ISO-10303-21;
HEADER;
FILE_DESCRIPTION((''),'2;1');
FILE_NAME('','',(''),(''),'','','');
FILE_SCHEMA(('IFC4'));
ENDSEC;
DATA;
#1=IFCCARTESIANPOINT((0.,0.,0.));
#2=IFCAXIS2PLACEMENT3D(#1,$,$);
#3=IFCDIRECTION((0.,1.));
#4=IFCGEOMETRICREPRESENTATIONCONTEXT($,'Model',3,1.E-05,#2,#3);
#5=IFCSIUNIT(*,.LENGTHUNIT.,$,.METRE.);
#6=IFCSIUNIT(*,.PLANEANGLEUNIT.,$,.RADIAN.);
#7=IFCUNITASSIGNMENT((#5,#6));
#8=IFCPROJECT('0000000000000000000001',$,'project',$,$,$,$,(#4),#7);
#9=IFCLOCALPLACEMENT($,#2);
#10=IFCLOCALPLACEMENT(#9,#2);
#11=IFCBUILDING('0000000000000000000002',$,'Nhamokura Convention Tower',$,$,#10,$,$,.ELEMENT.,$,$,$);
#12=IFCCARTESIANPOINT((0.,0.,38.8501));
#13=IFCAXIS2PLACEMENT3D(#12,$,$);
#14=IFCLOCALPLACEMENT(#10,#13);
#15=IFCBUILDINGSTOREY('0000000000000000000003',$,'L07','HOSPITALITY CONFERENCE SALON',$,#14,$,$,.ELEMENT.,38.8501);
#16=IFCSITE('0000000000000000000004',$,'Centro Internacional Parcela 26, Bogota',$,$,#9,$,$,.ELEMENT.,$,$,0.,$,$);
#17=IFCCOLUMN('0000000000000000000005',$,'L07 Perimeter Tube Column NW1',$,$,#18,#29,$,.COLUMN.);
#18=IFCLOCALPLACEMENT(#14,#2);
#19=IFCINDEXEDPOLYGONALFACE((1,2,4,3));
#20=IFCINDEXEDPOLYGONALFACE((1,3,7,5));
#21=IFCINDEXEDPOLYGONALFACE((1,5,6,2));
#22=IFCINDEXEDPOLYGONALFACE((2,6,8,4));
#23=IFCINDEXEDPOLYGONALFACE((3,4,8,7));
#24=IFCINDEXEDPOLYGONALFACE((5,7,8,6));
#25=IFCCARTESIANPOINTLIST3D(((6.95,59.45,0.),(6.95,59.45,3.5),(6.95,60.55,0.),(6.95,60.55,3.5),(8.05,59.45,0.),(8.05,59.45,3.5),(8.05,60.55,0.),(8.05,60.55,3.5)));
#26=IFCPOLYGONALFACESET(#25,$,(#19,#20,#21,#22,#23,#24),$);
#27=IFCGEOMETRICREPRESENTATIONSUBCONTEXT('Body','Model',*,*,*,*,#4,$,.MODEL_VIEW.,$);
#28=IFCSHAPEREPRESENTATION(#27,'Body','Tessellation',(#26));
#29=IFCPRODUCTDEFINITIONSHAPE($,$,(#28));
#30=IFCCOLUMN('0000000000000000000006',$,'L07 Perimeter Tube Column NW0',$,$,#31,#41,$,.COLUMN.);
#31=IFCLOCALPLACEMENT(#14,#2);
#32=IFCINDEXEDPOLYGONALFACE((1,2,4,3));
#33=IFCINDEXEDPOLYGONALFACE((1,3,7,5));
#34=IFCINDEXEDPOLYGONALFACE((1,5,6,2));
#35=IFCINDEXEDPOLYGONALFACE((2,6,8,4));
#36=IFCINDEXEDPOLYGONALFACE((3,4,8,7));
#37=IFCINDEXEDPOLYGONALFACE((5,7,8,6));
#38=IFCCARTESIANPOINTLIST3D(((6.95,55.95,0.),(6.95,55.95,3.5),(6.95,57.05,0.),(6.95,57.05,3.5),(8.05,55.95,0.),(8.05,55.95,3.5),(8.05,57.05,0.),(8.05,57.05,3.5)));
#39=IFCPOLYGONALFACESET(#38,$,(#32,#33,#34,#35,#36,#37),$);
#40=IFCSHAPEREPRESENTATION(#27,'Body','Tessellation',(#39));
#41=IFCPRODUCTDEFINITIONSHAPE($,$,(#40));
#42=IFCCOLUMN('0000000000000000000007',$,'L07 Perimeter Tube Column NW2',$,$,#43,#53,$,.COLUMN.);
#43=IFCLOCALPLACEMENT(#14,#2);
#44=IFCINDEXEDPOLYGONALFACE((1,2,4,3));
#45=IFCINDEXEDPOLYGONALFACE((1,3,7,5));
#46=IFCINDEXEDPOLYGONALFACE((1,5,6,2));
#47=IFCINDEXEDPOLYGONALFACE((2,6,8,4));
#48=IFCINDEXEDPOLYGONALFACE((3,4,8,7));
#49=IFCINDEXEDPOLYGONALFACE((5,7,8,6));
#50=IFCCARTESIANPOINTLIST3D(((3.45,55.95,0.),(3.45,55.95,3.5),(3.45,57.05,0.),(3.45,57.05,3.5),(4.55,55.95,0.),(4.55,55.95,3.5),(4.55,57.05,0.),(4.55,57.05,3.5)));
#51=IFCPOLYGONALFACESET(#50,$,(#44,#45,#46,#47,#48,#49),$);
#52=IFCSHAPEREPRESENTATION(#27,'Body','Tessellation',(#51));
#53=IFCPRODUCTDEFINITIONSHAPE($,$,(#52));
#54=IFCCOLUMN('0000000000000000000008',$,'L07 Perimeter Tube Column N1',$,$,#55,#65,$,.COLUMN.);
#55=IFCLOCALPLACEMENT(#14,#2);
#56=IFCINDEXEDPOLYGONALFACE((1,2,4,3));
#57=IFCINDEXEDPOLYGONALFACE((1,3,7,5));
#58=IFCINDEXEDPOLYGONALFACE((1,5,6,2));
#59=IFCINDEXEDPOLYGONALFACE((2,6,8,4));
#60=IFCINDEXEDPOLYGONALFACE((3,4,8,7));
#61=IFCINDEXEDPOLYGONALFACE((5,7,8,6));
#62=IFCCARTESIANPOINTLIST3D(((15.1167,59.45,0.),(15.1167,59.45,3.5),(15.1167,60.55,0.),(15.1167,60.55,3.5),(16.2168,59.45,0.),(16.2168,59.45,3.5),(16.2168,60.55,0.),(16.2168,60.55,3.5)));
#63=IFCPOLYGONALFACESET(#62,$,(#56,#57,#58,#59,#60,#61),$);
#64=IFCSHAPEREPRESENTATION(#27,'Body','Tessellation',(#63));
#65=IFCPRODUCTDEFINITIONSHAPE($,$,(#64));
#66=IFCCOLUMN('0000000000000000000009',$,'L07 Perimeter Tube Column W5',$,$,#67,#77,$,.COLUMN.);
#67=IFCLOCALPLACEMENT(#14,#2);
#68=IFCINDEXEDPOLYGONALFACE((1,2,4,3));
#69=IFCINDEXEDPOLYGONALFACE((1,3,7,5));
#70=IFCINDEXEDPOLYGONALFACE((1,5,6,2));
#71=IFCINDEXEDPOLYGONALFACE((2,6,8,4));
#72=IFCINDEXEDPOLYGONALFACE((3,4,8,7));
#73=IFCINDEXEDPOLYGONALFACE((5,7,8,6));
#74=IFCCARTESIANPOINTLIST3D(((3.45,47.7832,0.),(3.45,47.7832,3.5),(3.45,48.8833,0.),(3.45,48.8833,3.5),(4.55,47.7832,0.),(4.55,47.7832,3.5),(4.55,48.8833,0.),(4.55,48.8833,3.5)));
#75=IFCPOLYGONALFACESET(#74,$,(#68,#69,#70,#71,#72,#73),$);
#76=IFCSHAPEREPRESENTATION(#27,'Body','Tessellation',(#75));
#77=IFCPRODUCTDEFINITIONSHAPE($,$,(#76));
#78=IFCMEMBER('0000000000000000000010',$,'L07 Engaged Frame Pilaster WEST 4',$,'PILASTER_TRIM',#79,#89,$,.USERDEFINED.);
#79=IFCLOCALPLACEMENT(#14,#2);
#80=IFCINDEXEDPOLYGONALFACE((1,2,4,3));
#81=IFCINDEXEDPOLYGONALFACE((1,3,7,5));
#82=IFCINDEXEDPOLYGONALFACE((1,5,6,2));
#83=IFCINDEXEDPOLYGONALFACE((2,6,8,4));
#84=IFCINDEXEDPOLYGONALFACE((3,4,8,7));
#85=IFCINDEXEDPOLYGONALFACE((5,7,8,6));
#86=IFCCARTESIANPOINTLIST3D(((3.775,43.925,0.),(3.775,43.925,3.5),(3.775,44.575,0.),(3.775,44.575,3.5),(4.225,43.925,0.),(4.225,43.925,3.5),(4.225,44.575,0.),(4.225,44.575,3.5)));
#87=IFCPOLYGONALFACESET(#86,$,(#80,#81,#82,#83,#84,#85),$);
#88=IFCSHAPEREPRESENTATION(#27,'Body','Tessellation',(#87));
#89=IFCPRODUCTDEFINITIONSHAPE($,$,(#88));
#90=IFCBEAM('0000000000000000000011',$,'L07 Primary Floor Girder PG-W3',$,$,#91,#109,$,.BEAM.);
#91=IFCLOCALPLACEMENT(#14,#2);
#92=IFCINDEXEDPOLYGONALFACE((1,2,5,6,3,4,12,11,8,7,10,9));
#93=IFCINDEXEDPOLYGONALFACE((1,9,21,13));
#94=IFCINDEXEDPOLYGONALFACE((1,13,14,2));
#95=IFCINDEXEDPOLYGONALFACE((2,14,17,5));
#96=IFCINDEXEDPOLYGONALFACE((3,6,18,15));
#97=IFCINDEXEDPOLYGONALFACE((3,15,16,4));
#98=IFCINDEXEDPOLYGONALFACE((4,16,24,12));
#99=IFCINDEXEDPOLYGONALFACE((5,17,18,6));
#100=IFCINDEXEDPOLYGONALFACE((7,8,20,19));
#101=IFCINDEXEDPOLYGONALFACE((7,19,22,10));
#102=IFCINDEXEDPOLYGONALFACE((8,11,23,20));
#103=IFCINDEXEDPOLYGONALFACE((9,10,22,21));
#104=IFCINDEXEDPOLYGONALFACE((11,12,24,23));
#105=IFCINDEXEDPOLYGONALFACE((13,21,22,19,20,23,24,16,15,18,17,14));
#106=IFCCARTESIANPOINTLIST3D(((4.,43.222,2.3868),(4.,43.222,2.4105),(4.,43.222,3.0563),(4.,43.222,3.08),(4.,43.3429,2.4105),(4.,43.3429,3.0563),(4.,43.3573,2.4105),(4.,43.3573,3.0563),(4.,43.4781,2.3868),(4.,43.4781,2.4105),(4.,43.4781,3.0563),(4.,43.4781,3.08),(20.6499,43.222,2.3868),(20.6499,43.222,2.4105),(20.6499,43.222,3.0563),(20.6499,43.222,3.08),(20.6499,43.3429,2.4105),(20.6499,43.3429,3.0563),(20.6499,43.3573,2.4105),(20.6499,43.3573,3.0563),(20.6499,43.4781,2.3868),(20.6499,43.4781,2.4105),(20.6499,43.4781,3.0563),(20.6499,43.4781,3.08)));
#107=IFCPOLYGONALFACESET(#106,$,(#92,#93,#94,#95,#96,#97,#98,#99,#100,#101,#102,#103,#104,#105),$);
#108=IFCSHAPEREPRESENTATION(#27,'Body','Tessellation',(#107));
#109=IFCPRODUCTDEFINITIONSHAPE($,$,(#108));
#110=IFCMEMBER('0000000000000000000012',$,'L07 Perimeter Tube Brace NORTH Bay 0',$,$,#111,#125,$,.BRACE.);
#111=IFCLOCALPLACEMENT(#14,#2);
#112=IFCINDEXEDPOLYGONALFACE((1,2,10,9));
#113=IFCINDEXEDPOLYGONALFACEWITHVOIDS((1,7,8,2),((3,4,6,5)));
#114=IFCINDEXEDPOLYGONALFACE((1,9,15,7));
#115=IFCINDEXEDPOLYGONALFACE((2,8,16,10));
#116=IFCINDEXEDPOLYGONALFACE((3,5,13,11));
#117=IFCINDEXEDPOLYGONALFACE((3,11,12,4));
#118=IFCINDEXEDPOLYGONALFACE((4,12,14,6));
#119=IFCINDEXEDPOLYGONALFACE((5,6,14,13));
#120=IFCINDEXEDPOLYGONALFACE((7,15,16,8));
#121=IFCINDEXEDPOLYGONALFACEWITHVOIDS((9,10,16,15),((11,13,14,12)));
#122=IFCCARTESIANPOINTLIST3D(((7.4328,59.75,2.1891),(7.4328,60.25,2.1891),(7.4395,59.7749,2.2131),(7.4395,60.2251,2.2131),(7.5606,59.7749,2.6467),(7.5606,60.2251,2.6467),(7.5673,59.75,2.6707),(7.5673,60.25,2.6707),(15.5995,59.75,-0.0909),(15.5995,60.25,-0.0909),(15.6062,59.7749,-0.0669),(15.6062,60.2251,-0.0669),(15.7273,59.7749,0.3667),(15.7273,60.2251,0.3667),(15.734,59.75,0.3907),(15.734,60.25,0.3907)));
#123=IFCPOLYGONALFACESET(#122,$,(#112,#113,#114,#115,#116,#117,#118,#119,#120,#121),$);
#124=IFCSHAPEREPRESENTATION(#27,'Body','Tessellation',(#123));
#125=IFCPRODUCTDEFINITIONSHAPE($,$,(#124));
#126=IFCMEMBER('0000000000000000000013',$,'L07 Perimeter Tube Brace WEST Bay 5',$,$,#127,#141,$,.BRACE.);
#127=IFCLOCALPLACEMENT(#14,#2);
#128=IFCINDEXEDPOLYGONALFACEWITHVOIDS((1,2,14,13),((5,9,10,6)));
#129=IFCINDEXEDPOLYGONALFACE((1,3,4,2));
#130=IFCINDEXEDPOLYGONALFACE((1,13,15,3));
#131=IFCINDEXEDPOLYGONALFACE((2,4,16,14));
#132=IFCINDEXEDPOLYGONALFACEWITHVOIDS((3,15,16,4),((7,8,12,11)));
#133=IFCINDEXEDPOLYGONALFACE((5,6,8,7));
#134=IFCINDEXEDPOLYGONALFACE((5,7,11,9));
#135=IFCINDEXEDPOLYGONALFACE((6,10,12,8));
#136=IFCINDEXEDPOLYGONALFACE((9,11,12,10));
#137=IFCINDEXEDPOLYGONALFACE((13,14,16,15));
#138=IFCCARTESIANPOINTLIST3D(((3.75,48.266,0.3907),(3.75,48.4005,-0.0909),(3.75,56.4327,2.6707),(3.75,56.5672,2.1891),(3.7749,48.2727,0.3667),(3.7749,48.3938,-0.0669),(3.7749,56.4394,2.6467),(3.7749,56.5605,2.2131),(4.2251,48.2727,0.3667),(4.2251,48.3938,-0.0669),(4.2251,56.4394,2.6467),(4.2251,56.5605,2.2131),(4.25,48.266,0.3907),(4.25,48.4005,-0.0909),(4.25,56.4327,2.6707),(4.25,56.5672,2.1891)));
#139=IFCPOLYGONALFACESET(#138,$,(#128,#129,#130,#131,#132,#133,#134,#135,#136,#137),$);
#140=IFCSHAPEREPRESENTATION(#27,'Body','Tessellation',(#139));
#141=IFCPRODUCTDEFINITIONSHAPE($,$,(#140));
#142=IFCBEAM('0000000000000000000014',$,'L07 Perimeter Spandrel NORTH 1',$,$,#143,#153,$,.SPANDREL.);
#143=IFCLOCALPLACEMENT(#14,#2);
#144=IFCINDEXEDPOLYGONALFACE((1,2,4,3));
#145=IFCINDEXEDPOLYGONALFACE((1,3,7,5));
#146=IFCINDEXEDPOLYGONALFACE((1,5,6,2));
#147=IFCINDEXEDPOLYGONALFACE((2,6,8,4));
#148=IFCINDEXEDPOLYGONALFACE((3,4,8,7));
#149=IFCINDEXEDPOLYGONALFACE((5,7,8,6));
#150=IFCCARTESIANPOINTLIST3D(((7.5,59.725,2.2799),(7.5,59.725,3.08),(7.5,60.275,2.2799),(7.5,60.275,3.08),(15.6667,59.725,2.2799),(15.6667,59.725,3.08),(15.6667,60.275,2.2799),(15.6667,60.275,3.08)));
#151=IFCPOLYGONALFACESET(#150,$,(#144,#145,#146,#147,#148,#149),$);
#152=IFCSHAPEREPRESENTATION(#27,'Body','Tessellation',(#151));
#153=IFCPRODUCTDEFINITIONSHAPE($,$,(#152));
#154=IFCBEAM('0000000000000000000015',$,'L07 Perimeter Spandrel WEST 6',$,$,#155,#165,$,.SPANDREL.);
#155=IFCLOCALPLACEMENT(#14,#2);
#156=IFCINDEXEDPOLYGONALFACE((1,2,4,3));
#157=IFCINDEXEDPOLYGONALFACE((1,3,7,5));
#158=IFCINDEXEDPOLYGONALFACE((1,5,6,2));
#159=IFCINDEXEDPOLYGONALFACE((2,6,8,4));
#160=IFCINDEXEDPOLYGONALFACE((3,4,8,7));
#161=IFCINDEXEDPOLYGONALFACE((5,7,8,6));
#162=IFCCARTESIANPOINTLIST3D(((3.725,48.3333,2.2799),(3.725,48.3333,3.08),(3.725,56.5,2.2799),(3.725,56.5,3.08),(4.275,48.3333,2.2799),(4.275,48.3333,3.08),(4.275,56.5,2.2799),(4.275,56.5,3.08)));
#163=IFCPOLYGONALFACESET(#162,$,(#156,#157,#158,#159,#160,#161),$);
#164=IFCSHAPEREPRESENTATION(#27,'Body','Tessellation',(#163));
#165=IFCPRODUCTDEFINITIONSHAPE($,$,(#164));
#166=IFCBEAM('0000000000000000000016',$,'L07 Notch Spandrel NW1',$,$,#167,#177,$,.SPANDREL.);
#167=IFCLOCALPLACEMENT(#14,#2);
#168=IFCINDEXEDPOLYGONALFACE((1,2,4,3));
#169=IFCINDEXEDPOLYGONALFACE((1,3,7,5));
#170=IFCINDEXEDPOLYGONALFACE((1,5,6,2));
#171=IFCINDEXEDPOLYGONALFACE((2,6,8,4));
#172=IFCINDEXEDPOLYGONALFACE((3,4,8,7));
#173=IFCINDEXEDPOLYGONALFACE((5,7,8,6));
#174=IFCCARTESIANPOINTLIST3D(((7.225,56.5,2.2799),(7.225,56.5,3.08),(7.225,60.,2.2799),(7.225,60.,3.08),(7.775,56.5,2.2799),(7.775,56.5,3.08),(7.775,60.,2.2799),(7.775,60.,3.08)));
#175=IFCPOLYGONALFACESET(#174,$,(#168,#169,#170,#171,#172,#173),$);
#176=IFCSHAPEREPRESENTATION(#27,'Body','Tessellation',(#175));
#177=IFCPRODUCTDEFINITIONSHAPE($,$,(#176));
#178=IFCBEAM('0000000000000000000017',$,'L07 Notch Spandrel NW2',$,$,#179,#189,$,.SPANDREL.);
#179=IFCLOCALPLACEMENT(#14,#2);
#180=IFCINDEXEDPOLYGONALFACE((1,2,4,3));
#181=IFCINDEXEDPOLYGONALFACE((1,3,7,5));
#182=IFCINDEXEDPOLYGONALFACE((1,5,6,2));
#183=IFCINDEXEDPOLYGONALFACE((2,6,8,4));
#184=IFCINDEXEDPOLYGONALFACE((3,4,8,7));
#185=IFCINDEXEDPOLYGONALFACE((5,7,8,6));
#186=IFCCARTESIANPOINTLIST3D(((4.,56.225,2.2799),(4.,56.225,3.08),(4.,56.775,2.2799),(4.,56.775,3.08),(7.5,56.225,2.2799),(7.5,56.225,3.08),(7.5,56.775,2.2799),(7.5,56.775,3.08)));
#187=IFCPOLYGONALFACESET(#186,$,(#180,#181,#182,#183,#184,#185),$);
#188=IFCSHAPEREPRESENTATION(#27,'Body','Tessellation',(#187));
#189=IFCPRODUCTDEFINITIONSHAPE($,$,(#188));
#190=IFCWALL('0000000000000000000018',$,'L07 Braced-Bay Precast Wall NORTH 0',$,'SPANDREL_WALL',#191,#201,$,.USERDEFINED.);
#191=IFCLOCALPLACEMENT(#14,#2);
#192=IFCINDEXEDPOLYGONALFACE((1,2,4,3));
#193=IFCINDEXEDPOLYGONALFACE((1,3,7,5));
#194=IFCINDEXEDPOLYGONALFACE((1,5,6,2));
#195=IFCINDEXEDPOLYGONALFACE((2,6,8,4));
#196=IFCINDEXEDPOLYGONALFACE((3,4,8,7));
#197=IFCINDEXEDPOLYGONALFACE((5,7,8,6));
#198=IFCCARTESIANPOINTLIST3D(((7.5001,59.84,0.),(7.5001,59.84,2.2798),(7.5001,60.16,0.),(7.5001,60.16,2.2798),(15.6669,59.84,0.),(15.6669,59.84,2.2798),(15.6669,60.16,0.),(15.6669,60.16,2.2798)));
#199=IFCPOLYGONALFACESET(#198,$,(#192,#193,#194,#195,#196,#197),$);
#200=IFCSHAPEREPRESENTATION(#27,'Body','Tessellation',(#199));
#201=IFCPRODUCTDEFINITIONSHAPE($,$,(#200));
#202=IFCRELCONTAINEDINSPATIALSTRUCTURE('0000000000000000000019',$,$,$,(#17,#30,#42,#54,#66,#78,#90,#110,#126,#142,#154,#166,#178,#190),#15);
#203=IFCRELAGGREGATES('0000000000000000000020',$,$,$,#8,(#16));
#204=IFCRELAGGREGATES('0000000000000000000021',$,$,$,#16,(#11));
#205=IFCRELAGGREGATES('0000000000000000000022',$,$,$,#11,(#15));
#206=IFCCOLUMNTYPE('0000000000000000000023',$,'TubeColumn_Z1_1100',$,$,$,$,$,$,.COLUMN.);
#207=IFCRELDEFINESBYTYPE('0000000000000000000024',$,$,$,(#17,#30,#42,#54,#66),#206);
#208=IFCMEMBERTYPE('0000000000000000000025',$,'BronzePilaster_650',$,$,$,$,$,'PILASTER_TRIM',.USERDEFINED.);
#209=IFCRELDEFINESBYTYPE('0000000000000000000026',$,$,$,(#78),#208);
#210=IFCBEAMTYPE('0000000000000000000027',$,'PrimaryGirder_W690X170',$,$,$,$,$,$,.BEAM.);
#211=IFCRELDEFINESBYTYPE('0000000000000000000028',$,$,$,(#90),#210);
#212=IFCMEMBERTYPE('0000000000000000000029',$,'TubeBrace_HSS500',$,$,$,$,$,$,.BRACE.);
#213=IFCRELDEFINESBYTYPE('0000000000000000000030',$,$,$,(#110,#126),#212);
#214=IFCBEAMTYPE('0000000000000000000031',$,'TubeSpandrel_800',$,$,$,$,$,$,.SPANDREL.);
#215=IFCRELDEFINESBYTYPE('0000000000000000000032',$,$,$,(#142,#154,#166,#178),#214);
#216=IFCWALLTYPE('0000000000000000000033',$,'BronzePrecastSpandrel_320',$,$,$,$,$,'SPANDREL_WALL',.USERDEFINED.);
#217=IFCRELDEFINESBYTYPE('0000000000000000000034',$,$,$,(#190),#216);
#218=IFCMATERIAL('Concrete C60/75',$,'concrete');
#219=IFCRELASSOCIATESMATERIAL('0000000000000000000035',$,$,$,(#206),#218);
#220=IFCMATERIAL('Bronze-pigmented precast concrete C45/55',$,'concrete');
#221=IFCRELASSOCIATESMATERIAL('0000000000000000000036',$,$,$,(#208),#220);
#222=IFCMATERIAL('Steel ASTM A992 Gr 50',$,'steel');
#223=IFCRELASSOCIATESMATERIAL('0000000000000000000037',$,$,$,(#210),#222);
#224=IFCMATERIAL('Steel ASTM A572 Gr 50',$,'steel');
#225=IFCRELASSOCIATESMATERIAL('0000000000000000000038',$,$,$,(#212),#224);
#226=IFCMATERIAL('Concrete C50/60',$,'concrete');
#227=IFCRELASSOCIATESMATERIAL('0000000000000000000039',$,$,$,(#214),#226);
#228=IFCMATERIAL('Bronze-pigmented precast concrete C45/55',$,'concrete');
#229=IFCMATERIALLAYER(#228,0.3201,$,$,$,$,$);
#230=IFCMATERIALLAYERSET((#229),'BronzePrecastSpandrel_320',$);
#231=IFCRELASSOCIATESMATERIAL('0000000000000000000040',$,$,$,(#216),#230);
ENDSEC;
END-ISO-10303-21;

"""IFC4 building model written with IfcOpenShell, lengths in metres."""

from ifc_helpers import new_model, si_unit, direction, frame, frame_2d, origin, origin_2d, place, context, subcontext, project, spatial, rectangle, hollow_rectangle, i_section, extrude, material, layer, layer_set, material_profile, profile_set, type_object, element, save


model = new_model("IFC4")

# Units and contexts
model_context = context("Model", 3, precision=1e-05, world=origin(), true_north=direction((0.0, 1.0)))
body_context = subcontext(model_context, "Body", "Model", "MODEL_VIEW")
ifc_project = project(units=[si_unit("LENGTHUNIT", "METRE"), si_unit("PLANEANGLEUNIT", "RADIAN")], contexts=[model_context])

# Site, building, storey
site_placement = place(None, origin())
site = spatial("IfcSite", under=ifc_project, at=site_placement, Name="Centro Internacional Parcela 26, Bogota", CompositionType="ELEMENT", RefElevation=0.0)
building_placement = place(site_placement, origin())
building = spatial("IfcBuilding", under=site, at=building_placement, Name="Nhamokura Convention Tower", CompositionType="ELEMENT")
storey_placement = place(building_placement, frame((0.0, 0.0, 38.8501)))
storey = spatial("IfcBuildingStorey", under=building, at=storey_placement, Name="L07", Description="HOSPITALITY CONFERENCE SALON", CompositionType="ELEMENT", Elevation=38.8501)

# Columns
ifc_material_1 = material(Name="Concrete C60/75", Category="concrete")
ifc_material_profile_1 = material_profile(ifc_material_1, rectangle(XDim=1.1001, YDim=1.1001, at=origin_2d()))
ifc_profile_set_1 = profile_set([ifc_material_profile_1], Name="Concrete C60/75")
column_type = type_object("IfcColumnType", Name="TubeColumn_Z1_1100", PredefinedType="COLUMN", material=ifc_profile_set_1)
for number, where, z_axis, x_axis, name in (
    (1, (7.5, 60.0, 0.0), (0.0, 0.0, 1.0), (1.0, 0.0, 0.0), "L07 Perimeter Tube Column NW1"),
    (2, (7.5, 56.5, 0.0), (0.0, 0.0, 1.0), (1.0, 0.0, 0.0), "L07 Perimeter Tube Column NW0"),
    (3, (4.0, 56.5, 0.0), (0.0, 0.0, 1.0), (1.0, 0.0, 0.0), "L07 Perimeter Tube Column NW2"),
    (4, (15.6667, 60.0, 0.0), (0.0, 0.0, 1.0), (1.0, 0.0, 0.0), "L07 Perimeter Tube Column N1"),
    (5, (4.0, 48.3333, 0.0), (0.0, 0.0, 1.0), (1.0, 0.0, 0.0), "L07 Perimeter Tube Column W5"),
):
    element("IfcColumn", number, at=place(storey_placement, frame(where, z_axis=z_axis, x_axis=x_axis)), inside=storey, type_object=column_type, Name=name, PredefinedType="COLUMN", context=body_context, shape_type="SweptSolid", body=[
        extrude(rectangle(XDim=1.1001, YDim=1.1001, at=origin_2d()), origin(), (0.0, 0.0, 1.0), 3.5),
    ])

# Member
ifc_material_2 = material(Name="Bronze-pigmented precast concrete C45/55", Category="concrete")
ifc_material_profile_2 = material_profile(ifc_material_2, rectangle(XDim=0.45, YDim=0.6499, at=origin_2d()))
ifc_profile_set_2 = profile_set([ifc_material_profile_2], Name="Bronze-pigmented precast concrete C45/55")
member_type_1 = type_object("IfcMemberType", Name="BronzePilaster_650", ElementType="PILASTER_TRIM", PredefinedType="USERDEFINED", material=ifc_profile_set_2)
member_placement = place(storey_placement, frame((4.0, 44.25, 0.0), z_axis=(0.0, 0.0, 1.0), x_axis=(1.0, 0.0, 0.0)))
element("IfcMember", 6, at=member_placement, inside=storey, type_object=member_type_1, Name="L07 Engaged Frame Pilaster WEST 4", ObjectType="PILASTER_TRIM", PredefinedType="USERDEFINED", context=body_context, shape_type="SweptSolid", body=[
    extrude(rectangle(XDim=0.45, YDim=0.6499, at=origin_2d()), origin(), (0.0, 0.0, 1.0), 3.5),
])

# Beam
ifc_material_3 = material(Name="Steel ASTM A992 Gr 50", Category="steel")
ifc_material_profile_3 = material_profile(ifc_material_3, i_section(OverallWidth=0.2561, OverallDepth=0.6931, WebThickness=0.0144, FlangeThickness=0.0237, at=origin_2d()))
ifc_profile_set_3 = profile_set([ifc_material_profile_3], Name="Steel ASTM A992 Gr 50")
beam_type_1 = type_object("IfcBeamType", Name="PrimaryGirder_W690X170", PredefinedType="BEAM", material=ifc_profile_set_3)
beam_placement = place(storey_placement, frame((4.0, 43.3501, 2.7334), z_axis=(1.0, 0.0, 0.0), x_axis=(0.0, 1.0, 0.0)))
element("IfcBeam", 7, at=beam_placement, inside=storey, type_object=beam_type_1, Name="L07 Primary Floor Girder PG-W3", PredefinedType="BEAM", context=body_context, shape_type="SweptSolid", body=[
    extrude(i_section(OverallWidth=0.2561, OverallDepth=0.6931, WebThickness=0.0144, FlangeThickness=0.0237, at=origin_2d()), origin(), (0.0, 0.0, 1.0), 16.6499),
])

# Members
ifc_material_4 = material(Name="Steel ASTM A572 Gr 50", Category="steel")
ifc_material_profile_4 = material_profile(ifc_material_4, hollow_rectangle(XDim=0.5, YDim=0.5, WallThickness=0.0249, at=origin_2d()))
ifc_profile_set_4 = profile_set([ifc_material_profile_4], Name="Steel ASTM A572 Gr 50")
member_type_2 = type_object("IfcMemberType", Name="TubeBrace_HSS500", PredefinedType="BRACE", material=ifc_profile_set_4)
for number, where, z_axis, x_axis, name in (
    (8, (15.6667, 60.0, 0.1499), (-0.963168, 0.0, 0.268901), (0.0, -1.0, 0.0), "L07 Perimeter Tube Brace NORTH Bay 0"),
    (9, (4.0, 48.3333, 0.1499), (0.0, 0.963168, 0.268901), (-1.0, 0.0, 0.0), "L07 Perimeter Tube Brace WEST Bay 5"),
):
    element("IfcMember", number, at=place(storey_placement, frame(where, z_axis=z_axis, x_axis=x_axis)), inside=storey, type_object=member_type_2, Name=name, PredefinedType="BRACE", context=body_context, shape_type="SweptSolid", body=[
        extrude(hollow_rectangle(XDim=0.5, YDim=0.5, WallThickness=0.0249, at=origin_2d()), origin(), (0.0, 0.0, 1.0), 8.479),
    ])

# Beams
ifc_material_5 = material(Name="Concrete C50/60", Category="concrete")
ifc_material_profile_5 = material_profile(ifc_material_5, rectangle(XDim=0.55, YDim=0.8, at=origin_2d()))
ifc_profile_set_5 = profile_set([ifc_material_profile_5], Name="Concrete C50/60")
beam_type_2 = type_object("IfcBeamType", Name="TubeSpandrel_800", PredefinedType="SPANDREL", material=ifc_profile_set_5)
for number, where, z_axis, x_axis, name in (
    (10, (7.5, 60.0, 2.6799), (1.0, 0.0, 0.0), (0.0, 1.0, 0.0), "L07 Perimeter Spandrel NORTH 1"),
    (11, (4.0, 48.3333, 2.6799), (0.0, 1.0, 0.0), (-1.0, 0.0, 0.0), "L07 Perimeter Spandrel WEST 6"),
):
    element("IfcBeam", number, at=place(storey_placement, frame(where, z_axis=z_axis, x_axis=x_axis)), inside=storey, type_object=beam_type_2, Name=name, PredefinedType="SPANDREL", context=body_context, shape_type="SweptSolid", body=[
        extrude(rectangle(XDim=0.55, YDim=0.8, at=origin_2d()), origin(), (0.0, 0.0, 1.0), 8.1667),
    ])
for number, where, z_axis, x_axis, name in (
    (12, (7.5, 60.0, 2.6799), (0.0, -1.0, 0.0), (1.0, 0.0, 0.0), "L07 Notch Spandrel NW1"),
    (13, (7.5, 56.5, 2.6799), (-1.0, 0.0, 0.0), (0.0, -1.0, 0.0), "L07 Notch Spandrel NW2"),
):
    element("IfcBeam", number, at=place(storey_placement, frame(where, z_axis=z_axis, x_axis=x_axis)), inside=storey, type_object=beam_type_2, Name=name, PredefinedType="SPANDREL", context=body_context, shape_type="SweptSolid", body=[
        extrude(rectangle(XDim=0.55, YDim=0.8, at=origin_2d()), origin(), (0.0, 0.0, 1.0), 3.5),
    ])

# Wall
ifc_material_6 = material(Name="Bronze-pigmented precast concrete C45/55", Category="concrete")
ifc_layer_1 = layer(ifc_material_6, 0.3201)
ifc_layer_set_1 = layer_set([ifc_layer_1], Name="BronzePrecastSpandrel_320")
wall_type_1 = type_object("IfcWallType", Name="BronzePrecastSpandrel_320", ElementType="SPANDREL_WALL", PredefinedType="USERDEFINED", material=ifc_layer_set_1)
for number, where, z_axis, x_axis, name in (
    (14, (7.5, 60.0, 0.0), (0.0, 0.0, 1.0), (1.0, 0.0, 0.0), "L07 Braced-Bay Precast Wall NORTH 0"),
):
    element("IfcWall", number, at=place(storey_placement, frame(where, z_axis=z_axis, x_axis=x_axis)), inside=storey, type_object=wall_type_1, Name=name, ObjectType="SPANDREL_WALL", PredefinedType="USERDEFINED", context=body_context, shape_type="SweptSolid", body=[
        extrude(rectangle(XDim=8.1667, YDim=0.3201, at=frame_2d((4.0835, 0.0))), origin(), (0.0, 0.0, 1.0), 2.2798),
    ])

save(model, "model.ifc")
